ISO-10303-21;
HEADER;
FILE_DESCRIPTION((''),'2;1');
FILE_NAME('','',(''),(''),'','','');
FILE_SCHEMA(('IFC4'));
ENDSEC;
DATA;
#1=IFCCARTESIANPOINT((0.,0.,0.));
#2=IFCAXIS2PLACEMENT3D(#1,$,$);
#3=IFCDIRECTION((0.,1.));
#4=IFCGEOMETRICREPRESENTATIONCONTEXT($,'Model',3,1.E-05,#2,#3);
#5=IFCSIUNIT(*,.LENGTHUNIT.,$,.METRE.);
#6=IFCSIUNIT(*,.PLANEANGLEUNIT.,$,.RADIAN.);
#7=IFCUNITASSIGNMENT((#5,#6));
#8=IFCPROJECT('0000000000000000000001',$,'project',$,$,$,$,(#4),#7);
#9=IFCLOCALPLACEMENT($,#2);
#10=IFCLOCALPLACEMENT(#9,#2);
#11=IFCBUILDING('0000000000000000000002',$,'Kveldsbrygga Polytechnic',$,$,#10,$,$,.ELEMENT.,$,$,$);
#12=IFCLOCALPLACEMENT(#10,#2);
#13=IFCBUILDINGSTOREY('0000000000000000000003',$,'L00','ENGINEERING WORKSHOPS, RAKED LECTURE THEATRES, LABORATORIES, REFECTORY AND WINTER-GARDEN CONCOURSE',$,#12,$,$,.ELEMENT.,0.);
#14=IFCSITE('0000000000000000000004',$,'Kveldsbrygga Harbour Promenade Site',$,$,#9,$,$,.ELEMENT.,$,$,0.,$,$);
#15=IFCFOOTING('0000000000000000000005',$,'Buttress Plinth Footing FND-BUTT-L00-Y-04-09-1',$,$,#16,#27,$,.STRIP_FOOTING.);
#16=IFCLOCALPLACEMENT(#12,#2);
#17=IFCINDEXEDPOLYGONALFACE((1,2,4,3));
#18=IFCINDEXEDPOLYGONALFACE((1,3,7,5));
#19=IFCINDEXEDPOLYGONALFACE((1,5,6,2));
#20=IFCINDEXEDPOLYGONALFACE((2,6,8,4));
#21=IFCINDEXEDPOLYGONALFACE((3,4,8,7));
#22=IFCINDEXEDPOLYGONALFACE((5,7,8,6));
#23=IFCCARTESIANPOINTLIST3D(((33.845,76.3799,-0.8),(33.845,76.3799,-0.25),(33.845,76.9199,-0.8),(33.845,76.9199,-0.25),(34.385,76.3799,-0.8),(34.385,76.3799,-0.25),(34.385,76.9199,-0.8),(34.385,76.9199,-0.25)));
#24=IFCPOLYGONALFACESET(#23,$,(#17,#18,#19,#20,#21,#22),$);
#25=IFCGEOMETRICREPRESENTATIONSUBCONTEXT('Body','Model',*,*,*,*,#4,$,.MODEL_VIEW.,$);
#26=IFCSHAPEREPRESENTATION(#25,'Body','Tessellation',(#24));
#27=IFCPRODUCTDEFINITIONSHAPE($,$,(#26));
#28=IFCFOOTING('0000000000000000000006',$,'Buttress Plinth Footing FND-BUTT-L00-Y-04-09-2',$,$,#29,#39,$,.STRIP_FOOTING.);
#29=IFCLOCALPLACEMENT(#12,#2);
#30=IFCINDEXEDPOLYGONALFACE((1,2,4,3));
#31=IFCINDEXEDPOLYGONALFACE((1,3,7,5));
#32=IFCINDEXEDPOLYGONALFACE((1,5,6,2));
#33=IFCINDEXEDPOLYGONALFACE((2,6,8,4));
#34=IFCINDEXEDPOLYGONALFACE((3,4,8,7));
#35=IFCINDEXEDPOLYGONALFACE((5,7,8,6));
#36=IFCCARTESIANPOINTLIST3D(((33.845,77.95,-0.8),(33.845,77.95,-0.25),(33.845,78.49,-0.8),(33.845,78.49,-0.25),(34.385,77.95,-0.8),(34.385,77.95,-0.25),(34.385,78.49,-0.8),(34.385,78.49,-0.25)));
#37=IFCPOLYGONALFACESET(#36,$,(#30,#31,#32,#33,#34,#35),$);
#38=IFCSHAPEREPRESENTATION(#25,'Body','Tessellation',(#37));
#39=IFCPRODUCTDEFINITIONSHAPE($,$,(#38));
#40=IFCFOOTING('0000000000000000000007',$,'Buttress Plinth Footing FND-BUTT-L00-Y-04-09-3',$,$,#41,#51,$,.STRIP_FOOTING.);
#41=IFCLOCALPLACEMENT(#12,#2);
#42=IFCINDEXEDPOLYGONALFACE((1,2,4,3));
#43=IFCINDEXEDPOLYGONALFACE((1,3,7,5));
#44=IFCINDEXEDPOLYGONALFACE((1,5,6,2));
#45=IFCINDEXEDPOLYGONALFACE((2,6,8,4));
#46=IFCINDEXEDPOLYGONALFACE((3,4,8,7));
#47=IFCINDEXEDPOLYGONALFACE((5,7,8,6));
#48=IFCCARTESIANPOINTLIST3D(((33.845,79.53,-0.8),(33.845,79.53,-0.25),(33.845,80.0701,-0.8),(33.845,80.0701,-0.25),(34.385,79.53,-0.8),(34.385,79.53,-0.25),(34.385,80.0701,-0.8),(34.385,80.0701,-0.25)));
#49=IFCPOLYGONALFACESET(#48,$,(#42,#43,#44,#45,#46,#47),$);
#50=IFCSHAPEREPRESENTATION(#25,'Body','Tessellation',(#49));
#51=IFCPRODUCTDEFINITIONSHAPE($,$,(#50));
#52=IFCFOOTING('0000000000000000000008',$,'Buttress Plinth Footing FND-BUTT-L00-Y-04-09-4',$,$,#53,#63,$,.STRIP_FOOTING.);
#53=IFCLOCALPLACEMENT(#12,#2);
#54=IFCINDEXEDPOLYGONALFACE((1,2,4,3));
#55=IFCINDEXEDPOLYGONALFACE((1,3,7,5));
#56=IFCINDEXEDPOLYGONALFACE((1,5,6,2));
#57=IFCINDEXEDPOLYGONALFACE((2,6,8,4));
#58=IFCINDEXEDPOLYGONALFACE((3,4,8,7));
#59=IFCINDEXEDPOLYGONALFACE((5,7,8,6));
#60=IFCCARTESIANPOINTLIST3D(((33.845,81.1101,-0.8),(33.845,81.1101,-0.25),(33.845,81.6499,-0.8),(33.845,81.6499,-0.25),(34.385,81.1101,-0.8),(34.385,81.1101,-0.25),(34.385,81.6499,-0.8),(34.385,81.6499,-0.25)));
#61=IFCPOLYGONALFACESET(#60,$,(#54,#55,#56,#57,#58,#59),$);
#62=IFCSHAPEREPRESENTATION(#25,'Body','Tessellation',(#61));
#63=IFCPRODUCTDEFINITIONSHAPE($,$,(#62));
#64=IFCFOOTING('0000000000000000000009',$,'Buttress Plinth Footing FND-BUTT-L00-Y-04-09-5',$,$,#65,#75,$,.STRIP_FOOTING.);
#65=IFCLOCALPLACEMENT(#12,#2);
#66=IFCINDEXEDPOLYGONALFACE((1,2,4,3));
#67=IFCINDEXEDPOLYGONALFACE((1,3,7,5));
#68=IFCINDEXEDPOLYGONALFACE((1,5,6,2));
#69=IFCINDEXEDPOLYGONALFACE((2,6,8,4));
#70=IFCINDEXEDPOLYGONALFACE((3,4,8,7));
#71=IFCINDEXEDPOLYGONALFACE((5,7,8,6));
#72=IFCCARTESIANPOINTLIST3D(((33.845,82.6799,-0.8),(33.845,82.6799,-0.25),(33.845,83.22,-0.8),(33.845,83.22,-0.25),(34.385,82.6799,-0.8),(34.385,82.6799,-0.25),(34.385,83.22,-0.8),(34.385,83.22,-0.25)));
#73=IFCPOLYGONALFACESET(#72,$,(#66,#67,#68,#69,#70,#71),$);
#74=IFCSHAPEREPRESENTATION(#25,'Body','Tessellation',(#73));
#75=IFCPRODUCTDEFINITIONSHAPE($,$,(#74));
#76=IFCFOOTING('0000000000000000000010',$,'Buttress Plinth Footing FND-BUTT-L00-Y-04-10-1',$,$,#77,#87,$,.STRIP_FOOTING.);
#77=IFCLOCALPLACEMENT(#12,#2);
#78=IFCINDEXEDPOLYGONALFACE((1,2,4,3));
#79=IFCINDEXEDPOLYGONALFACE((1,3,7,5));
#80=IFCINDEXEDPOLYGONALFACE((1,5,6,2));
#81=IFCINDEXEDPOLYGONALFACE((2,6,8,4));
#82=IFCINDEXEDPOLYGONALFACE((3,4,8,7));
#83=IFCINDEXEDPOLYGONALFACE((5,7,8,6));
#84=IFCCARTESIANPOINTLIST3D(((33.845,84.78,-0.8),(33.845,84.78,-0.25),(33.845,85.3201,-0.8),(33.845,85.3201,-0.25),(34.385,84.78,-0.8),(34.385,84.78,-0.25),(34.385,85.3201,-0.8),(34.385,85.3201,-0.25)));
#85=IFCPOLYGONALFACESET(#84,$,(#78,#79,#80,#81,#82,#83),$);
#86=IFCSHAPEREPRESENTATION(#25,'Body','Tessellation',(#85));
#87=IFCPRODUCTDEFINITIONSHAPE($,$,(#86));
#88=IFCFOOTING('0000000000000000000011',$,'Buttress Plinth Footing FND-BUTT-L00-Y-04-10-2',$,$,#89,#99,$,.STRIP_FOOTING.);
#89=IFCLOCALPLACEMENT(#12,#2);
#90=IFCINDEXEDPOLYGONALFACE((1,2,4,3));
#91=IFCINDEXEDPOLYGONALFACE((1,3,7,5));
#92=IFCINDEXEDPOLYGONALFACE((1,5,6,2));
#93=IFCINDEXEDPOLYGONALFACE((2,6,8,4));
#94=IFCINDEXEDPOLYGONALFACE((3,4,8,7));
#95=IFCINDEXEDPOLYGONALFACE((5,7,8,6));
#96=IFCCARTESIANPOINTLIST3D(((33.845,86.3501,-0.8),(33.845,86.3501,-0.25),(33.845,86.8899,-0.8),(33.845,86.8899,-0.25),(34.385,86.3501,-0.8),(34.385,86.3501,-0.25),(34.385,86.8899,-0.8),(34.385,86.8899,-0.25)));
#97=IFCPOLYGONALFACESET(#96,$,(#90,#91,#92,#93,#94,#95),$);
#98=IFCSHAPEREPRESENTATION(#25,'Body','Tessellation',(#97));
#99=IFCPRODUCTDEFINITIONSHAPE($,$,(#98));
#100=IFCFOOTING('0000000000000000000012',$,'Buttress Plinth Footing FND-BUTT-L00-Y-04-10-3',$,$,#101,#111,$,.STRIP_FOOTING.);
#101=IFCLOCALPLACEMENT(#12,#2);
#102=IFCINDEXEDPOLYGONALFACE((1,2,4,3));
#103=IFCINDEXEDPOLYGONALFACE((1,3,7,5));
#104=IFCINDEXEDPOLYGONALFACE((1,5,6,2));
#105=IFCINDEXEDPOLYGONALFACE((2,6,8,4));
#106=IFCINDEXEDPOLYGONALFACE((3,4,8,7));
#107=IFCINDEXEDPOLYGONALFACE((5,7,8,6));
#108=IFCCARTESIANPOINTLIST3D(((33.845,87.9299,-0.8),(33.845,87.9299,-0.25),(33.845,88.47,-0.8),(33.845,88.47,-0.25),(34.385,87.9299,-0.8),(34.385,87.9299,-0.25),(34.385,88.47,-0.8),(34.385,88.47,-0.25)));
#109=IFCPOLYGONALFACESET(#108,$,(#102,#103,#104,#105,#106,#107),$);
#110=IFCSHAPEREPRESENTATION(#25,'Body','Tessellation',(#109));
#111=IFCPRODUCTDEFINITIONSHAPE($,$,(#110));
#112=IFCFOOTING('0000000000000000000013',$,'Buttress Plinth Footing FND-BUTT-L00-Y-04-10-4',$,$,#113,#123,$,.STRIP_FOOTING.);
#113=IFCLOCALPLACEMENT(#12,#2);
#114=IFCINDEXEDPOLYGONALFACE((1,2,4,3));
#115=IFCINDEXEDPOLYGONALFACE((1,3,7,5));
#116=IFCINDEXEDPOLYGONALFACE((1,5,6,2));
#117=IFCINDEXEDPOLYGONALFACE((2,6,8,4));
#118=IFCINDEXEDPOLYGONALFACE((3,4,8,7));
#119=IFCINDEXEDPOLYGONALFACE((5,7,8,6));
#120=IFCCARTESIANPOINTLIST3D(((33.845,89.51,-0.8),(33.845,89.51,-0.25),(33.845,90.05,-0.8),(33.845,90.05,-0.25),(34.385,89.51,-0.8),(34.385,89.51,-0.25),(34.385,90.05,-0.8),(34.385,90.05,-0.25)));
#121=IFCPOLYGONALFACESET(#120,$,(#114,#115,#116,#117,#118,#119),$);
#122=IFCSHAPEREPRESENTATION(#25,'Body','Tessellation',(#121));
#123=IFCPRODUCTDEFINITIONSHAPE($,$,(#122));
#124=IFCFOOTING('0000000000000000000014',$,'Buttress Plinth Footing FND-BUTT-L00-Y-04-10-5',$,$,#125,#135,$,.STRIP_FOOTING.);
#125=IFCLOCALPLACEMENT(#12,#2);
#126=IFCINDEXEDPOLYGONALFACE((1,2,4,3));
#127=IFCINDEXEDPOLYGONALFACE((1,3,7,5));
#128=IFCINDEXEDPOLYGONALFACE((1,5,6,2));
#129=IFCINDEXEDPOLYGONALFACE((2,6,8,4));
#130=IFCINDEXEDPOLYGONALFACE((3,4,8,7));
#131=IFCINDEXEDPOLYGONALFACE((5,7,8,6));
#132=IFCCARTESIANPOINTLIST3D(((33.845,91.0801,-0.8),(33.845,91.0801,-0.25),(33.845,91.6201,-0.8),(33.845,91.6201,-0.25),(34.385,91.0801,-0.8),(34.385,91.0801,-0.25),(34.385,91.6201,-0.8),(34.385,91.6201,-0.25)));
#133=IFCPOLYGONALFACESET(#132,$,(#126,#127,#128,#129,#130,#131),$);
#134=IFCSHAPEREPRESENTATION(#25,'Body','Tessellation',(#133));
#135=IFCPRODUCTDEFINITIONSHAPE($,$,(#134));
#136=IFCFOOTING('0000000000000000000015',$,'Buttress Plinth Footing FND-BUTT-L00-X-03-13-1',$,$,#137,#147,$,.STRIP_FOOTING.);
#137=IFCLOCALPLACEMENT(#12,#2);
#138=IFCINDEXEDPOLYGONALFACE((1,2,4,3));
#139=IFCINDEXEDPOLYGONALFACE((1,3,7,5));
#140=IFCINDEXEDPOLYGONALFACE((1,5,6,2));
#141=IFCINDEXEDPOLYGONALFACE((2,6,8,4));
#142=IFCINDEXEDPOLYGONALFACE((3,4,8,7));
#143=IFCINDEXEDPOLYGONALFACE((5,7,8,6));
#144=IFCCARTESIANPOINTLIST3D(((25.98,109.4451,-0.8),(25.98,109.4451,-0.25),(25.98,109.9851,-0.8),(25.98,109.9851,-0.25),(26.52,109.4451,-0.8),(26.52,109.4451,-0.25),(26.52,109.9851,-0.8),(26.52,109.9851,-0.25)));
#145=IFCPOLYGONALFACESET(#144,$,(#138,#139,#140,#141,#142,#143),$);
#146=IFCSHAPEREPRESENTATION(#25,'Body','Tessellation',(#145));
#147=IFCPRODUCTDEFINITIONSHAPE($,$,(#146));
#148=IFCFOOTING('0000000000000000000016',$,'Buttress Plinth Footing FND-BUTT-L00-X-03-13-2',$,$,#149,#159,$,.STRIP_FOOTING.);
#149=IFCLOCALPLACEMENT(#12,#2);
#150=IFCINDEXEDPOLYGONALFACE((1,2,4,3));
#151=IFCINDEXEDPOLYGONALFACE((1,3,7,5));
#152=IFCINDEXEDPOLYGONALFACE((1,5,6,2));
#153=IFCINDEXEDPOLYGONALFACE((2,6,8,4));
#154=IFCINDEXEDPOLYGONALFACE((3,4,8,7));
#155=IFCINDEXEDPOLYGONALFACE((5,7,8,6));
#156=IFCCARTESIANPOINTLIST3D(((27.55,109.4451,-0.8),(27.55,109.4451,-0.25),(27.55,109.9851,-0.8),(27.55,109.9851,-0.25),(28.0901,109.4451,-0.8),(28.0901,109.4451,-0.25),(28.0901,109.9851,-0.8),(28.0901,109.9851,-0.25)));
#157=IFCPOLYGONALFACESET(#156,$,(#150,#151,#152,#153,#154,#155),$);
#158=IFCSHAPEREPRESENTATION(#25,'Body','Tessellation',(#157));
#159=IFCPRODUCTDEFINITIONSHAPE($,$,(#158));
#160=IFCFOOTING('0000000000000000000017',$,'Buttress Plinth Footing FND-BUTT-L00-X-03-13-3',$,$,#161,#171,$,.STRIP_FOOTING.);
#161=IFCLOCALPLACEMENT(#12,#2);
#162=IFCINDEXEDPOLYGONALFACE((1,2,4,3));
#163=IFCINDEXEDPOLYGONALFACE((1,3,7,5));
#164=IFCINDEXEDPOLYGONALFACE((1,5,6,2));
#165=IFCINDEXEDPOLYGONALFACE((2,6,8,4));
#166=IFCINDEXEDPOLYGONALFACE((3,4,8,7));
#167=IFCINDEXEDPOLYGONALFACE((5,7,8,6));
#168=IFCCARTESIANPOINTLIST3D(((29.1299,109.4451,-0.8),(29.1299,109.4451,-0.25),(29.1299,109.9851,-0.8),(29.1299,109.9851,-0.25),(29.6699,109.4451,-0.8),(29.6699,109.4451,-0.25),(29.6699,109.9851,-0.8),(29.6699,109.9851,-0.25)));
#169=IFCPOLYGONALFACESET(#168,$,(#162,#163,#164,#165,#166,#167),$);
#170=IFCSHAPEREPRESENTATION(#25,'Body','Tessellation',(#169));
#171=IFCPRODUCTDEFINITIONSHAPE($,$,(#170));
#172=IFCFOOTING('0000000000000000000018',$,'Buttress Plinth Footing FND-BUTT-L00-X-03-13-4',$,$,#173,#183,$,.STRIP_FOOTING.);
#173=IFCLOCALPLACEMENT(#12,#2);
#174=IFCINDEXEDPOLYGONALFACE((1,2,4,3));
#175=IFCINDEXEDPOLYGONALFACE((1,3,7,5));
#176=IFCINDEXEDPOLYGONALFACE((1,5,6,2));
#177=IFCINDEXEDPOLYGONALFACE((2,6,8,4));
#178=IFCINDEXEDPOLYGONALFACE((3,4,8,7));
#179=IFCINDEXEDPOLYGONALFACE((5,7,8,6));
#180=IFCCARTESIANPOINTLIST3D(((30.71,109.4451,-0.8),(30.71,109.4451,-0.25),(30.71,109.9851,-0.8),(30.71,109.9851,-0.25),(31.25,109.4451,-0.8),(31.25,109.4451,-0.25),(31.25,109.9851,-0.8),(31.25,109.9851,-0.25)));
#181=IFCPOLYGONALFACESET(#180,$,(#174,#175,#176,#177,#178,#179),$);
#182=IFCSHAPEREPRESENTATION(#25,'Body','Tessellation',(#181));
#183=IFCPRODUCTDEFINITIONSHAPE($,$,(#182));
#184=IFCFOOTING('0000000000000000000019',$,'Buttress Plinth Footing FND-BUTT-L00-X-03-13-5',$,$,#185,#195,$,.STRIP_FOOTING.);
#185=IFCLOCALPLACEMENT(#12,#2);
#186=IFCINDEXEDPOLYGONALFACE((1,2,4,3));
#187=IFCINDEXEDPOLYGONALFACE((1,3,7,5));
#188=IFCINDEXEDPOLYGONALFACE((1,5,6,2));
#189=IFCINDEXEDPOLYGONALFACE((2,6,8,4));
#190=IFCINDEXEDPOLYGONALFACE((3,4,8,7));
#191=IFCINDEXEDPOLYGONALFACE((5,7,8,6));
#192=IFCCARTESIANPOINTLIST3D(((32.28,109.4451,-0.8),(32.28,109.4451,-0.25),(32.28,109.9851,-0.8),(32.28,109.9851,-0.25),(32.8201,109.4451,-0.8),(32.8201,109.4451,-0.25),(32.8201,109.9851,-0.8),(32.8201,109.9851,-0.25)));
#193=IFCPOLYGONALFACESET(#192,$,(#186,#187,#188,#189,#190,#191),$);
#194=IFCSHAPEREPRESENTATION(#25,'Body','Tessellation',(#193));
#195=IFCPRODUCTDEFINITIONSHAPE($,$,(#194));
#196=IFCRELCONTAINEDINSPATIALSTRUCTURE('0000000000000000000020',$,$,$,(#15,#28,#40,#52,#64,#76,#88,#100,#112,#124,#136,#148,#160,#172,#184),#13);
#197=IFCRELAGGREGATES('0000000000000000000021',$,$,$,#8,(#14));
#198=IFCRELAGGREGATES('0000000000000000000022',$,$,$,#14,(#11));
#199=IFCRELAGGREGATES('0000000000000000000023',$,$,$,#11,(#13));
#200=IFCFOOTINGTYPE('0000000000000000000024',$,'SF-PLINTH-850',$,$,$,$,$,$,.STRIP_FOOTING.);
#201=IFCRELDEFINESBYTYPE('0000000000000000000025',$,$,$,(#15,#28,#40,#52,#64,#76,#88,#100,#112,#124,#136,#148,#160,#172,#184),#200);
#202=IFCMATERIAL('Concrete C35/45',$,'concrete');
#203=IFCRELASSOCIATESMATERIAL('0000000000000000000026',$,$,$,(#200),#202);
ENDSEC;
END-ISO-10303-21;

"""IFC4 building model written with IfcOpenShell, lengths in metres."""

from ifc_helpers import new_model, si_unit, direction, frame, origin, place, context, subcontext, project, spatial, polyline, outline, extrude, material, type_object, element, save


model = new_model("IFC4")

# Units and contexts
model_context = context("Model", 3, precision=1e-05, world=origin(), true_north=direction((0.0, 1.0)))
body_context = subcontext(model_context, "Body", "Model", "MODEL_VIEW")
ifc_project = project(units=[si_unit("LENGTHUNIT", "METRE"), si_unit("PLANEANGLEUNIT", "RADIAN")], contexts=[model_context])

# Site, building, storey
site_placement = place(None, origin())
site = spatial("IfcSite", under=ifc_project, at=site_placement, Name="Kveldsbrygga Harbour Promenade Site", CompositionType="ELEMENT", RefElevation=0.0)
building_placement = place(site_placement, origin())
building = spatial("IfcBuilding", under=site, at=building_placement, Name="Kveldsbrygga Polytechnic", CompositionType="ELEMENT")
storey_placement = place(building_placement, origin())
storey = spatial("IfcBuildingStorey", under=building, at=storey_placement, Name="L00", Description="ENGINEERING WORKSHOPS, RAKED LECTURE THEATRES, LABORATORIES, REFECTORY AND WINTER-GARDEN CONCOURSE", CompositionType="ELEMENT", Elevation=0.0)

# Footings
ifc_material = material(Name="Concrete C35/45", Category="concrete")
footing_type = type_object("IfcFootingType", Name="SF-PLINTH-850", PredefinedType="STRIP_FOOTING", material=ifc_material)
footing_1_placement = place(storey_placement, frame((0.0, 0.0, -0.8)))
element("IfcFooting", 1, at=footing_1_placement, inside=storey, type_object=footing_type, Name="Buttress Plinth Footing FND-BUTT-L00-Y-04-09-1", PredefinedType="STRIP_FOOTING", context=body_context, shape_type="SweptSolid", body=[
    extrude(outline(polyline([(33.845, 76.3799), (34.385, 76.3799), (34.385, 76.9199), (33.845, 76.9199), (33.845, 76.3799)])), origin(), (0.0, 0.0, 1.0), 0.55),
])
footing_2_placement = place(storey_placement, frame((0.0, 0.0, -0.8)))
element("IfcFooting", 2, at=footing_2_placement, inside=storey, type_object=footing_type, Name="Buttress Plinth Footing FND-BUTT-L00-Y-04-09-2", PredefinedType="STRIP_FOOTING", context=body_context, shape_type="SweptSolid", body=[
    extrude(outline(polyline([(33.845, 77.95), (34.385, 77.95), (34.385, 78.49), (33.845, 78.49), (33.845, 77.95)])), origin(), (0.0, 0.0, 1.0), 0.55),
])
footing_3_placement = place(storey_placement, frame((0.0, 0.0, -0.8)))
element("IfcFooting", 3, at=footing_3_placement, inside=storey, type_object=footing_type, Name="Buttress Plinth Footing FND-BUTT-L00-Y-04-09-3", PredefinedType="STRIP_FOOTING", context=body_context, shape_type="SweptSolid", body=[
    extrude(outline(polyline([(33.845, 79.53), (34.385, 79.53), (34.385, 80.0701), (33.845, 80.0701), (33.845, 79.53)])), origin(), (0.0, 0.0, 1.0), 0.55),
])
footing_4_placement = place(storey_placement, frame((0.0, 0.0, -0.8)))
element("IfcFooting", 4, at=footing_4_placement, inside=storey, type_object=footing_type, Name="Buttress Plinth Footing FND-BUTT-L00-Y-04-09-4", PredefinedType="STRIP_FOOTING", context=body_context, shape_type="SweptSolid", body=[
    extrude(outline(polyline([(33.845, 81.1101), (34.385, 81.1101), (34.385, 81.6499), (33.845, 81.6499), (33.845, 81.1101)])), origin(), (0.0, 0.0, 1.0), 0.55),
])
footing_5_placement = place(storey_placement, frame((0.0, 0.0, -0.8)))
element("IfcFooting", 5, at=footing_5_placement, inside=storey, type_object=footing_type, Name="Buttress Plinth Footing FND-BUTT-L00-Y-04-09-5", PredefinedType="STRIP_FOOTING", context=body_context, shape_type="SweptSolid", body=[
    extrude(outline(polyline([(33.845, 82.6799), (34.385, 82.6799), (34.385, 83.22), (33.845, 83.22), (33.845, 82.6799)])), origin(), (0.0, 0.0, 1.0), 0.55),
])
footing_6_placement = place(storey_placement, frame((0.0, 0.0, -0.8)))
element("IfcFooting", 6, at=footing_6_placement, inside=storey, type_object=footing_type, Name="Buttress Plinth Footing FND-BUTT-L00-Y-04-10-1", PredefinedType="STRIP_FOOTING", context=body_context, shape_type="SweptSolid", body=[
    extrude(outline(polyline([(33.845, 84.78), (34.385, 84.78), (34.385, 85.3201), (33.845, 85.3201), (33.845, 84.78)])), origin(), (0.0, 0.0, 1.0), 0.55),
])
footing_7_placement = place(storey_placement, frame((0.0, 0.0, -0.8)))
element("IfcFooting", 7, at=footing_7_placement, inside=storey, type_object=footing_type, Name="Buttress Plinth Footing FND-BUTT-L00-Y-04-10-2", PredefinedType="STRIP_FOOTING", context=body_context, shape_type="SweptSolid", body=[
    extrude(outline(polyline([(33.845, 86.3501), (34.385, 86.3501), (34.385, 86.8899), (33.845, 86.8899), (33.845, 86.3501)])), origin(), (0.0, 0.0, 1.0), 0.55),
])
footing_8_placement = place(storey_placement, frame((0.0, 0.0, -0.8)))
element("IfcFooting", 8, at=footing_8_placement, inside=storey, type_object=footing_type, Name="Buttress Plinth Footing FND-BUTT-L00-Y-04-10-3", PredefinedType="STRIP_FOOTING", context=body_context, shape_type="SweptSolid", body=[
    extrude(outline(polyline([(33.845, 87.9299), (34.385, 87.9299), (34.385, 88.47), (33.845, 88.47), (33.845, 87.9299)])), origin(), (0.0, 0.0, 1.0), 0.55),
])
footing_9_placement = place(storey_placement, frame((0.0, 0.0, -0.8)))
element("IfcFooting", 9, at=footing_9_placement, inside=storey, type_object=footing_type, Name="Buttress Plinth Footing FND-BUTT-L00-Y-04-10-4", PredefinedType="STRIP_FOOTING", context=body_context, shape_type="SweptSolid", body=[
    extrude(outline(polyline([(33.845, 89.51), (34.385, 89.51), (34.385, 90.05), (33.845, 90.05), (33.845, 89.51)])), origin(), (0.0, 0.0, 1.0), 0.55),
])
footing_10_placement = place(storey_placement, frame((0.0, 0.0, -0.8)))
element("IfcFooting", 10, at=footing_10_placement, inside=storey, type_object=footing_type, Name="Buttress Plinth Footing FND-BUTT-L00-Y-04-10-5", PredefinedType="STRIP_FOOTING", context=body_context, shape_type="SweptSolid", body=[
    extrude(outline(polyline([(33.845, 91.0801), (34.385, 91.0801), (34.385, 91.6201), (33.845, 91.6201), (33.845, 91.0801)])), origin(), (0.0, 0.0, 1.0), 0.55),
])
footing_11_placement = place(storey_placement, frame((0.0, 0.0, -0.8)))
element("IfcFooting", 11, at=footing_11_placement, inside=storey, type_object=footing_type, Name="Buttress Plinth Footing FND-BUTT-L00-X-03-13-1", PredefinedType="STRIP_FOOTING", context=body_context, shape_type="SweptSolid", body=[
    extrude(outline(polyline([(25.98, 109.4451), (26.52, 109.4451), (26.52, 109.9851), (25.98, 109.9851), (25.98, 109.4451)])), origin(), (0.0, 0.0, 1.0), 0.55),
])
footing_12_placement = place(storey_placement, frame((0.0, 0.0, -0.8)))
element("IfcFooting", 12, at=footing_12_placement, inside=storey, type_object=footing_type, Name="Buttress Plinth Footing FND-BUTT-L00-X-03-13-2", PredefinedType="STRIP_FOOTING", context=body_context, shape_type="SweptSolid", body=[
    extrude(outline(polyline([(27.55, 109.4451), (28.0901, 109.4451), (28.0901, 109.9851), (27.55, 109.9851), (27.55, 109.4451)])), origin(), (0.0, 0.0, 1.0), 0.55),
])
footing_13_placement = place(storey_placement, frame((0.0, 0.0, -0.8)))
element("IfcFooting", 13, at=footing_13_placement, inside=storey, type_object=footing_type, Name="Buttress Plinth Footing FND-BUTT-L00-X-03-13-3", PredefinedType="STRIP_FOOTING", context=body_context, shape_type="SweptSolid", body=[
    extrude(outline(polyline([(29.1299, 109.4451), (29.6699, 109.4451), (29.6699, 109.9851), (29.1299, 109.9851), (29.1299, 109.4451)])), origin(), (0.0, 0.0, 1.0), 0.55),
])
footing_14_placement = place(storey_placement, frame((0.0, 0.0, -0.8)))
element("IfcFooting", 14, at=footing_14_placement, inside=storey, type_object=footing_type, Name="Buttress Plinth Footing FND-BUTT-L00-X-03-13-4", PredefinedType="STRIP_FOOTING", context=body_context, shape_type="SweptSolid", body=[
    extrude(outline(polyline([(30.71, 109.4451), (31.25, 109.4451), (31.25, 109.9851), (30.71, 109.9851), (30.71, 109.4451)])), origin(), (0.0, 0.0, 1.0), 0.55),
])
footing_15_placement = place(storey_placement, frame((0.0, 0.0, -0.8)))
element("IfcFooting", 15, at=footing_15_placement, inside=storey, type_object=footing_type, Name="Buttress Plinth Footing FND-BUTT-L00-X-03-13-5", PredefinedType="STRIP_FOOTING", context=body_context, shape_type="SweptSolid", body=[
    extrude(outline(polyline([(32.28, 109.4451), (32.8201, 109.4451), (32.8201, 109.9851), (32.28, 109.9851), (32.28, 109.4451)])), origin(), (0.0, 0.0, 1.0), 0.55),
])

save(model, "model.ifc")
